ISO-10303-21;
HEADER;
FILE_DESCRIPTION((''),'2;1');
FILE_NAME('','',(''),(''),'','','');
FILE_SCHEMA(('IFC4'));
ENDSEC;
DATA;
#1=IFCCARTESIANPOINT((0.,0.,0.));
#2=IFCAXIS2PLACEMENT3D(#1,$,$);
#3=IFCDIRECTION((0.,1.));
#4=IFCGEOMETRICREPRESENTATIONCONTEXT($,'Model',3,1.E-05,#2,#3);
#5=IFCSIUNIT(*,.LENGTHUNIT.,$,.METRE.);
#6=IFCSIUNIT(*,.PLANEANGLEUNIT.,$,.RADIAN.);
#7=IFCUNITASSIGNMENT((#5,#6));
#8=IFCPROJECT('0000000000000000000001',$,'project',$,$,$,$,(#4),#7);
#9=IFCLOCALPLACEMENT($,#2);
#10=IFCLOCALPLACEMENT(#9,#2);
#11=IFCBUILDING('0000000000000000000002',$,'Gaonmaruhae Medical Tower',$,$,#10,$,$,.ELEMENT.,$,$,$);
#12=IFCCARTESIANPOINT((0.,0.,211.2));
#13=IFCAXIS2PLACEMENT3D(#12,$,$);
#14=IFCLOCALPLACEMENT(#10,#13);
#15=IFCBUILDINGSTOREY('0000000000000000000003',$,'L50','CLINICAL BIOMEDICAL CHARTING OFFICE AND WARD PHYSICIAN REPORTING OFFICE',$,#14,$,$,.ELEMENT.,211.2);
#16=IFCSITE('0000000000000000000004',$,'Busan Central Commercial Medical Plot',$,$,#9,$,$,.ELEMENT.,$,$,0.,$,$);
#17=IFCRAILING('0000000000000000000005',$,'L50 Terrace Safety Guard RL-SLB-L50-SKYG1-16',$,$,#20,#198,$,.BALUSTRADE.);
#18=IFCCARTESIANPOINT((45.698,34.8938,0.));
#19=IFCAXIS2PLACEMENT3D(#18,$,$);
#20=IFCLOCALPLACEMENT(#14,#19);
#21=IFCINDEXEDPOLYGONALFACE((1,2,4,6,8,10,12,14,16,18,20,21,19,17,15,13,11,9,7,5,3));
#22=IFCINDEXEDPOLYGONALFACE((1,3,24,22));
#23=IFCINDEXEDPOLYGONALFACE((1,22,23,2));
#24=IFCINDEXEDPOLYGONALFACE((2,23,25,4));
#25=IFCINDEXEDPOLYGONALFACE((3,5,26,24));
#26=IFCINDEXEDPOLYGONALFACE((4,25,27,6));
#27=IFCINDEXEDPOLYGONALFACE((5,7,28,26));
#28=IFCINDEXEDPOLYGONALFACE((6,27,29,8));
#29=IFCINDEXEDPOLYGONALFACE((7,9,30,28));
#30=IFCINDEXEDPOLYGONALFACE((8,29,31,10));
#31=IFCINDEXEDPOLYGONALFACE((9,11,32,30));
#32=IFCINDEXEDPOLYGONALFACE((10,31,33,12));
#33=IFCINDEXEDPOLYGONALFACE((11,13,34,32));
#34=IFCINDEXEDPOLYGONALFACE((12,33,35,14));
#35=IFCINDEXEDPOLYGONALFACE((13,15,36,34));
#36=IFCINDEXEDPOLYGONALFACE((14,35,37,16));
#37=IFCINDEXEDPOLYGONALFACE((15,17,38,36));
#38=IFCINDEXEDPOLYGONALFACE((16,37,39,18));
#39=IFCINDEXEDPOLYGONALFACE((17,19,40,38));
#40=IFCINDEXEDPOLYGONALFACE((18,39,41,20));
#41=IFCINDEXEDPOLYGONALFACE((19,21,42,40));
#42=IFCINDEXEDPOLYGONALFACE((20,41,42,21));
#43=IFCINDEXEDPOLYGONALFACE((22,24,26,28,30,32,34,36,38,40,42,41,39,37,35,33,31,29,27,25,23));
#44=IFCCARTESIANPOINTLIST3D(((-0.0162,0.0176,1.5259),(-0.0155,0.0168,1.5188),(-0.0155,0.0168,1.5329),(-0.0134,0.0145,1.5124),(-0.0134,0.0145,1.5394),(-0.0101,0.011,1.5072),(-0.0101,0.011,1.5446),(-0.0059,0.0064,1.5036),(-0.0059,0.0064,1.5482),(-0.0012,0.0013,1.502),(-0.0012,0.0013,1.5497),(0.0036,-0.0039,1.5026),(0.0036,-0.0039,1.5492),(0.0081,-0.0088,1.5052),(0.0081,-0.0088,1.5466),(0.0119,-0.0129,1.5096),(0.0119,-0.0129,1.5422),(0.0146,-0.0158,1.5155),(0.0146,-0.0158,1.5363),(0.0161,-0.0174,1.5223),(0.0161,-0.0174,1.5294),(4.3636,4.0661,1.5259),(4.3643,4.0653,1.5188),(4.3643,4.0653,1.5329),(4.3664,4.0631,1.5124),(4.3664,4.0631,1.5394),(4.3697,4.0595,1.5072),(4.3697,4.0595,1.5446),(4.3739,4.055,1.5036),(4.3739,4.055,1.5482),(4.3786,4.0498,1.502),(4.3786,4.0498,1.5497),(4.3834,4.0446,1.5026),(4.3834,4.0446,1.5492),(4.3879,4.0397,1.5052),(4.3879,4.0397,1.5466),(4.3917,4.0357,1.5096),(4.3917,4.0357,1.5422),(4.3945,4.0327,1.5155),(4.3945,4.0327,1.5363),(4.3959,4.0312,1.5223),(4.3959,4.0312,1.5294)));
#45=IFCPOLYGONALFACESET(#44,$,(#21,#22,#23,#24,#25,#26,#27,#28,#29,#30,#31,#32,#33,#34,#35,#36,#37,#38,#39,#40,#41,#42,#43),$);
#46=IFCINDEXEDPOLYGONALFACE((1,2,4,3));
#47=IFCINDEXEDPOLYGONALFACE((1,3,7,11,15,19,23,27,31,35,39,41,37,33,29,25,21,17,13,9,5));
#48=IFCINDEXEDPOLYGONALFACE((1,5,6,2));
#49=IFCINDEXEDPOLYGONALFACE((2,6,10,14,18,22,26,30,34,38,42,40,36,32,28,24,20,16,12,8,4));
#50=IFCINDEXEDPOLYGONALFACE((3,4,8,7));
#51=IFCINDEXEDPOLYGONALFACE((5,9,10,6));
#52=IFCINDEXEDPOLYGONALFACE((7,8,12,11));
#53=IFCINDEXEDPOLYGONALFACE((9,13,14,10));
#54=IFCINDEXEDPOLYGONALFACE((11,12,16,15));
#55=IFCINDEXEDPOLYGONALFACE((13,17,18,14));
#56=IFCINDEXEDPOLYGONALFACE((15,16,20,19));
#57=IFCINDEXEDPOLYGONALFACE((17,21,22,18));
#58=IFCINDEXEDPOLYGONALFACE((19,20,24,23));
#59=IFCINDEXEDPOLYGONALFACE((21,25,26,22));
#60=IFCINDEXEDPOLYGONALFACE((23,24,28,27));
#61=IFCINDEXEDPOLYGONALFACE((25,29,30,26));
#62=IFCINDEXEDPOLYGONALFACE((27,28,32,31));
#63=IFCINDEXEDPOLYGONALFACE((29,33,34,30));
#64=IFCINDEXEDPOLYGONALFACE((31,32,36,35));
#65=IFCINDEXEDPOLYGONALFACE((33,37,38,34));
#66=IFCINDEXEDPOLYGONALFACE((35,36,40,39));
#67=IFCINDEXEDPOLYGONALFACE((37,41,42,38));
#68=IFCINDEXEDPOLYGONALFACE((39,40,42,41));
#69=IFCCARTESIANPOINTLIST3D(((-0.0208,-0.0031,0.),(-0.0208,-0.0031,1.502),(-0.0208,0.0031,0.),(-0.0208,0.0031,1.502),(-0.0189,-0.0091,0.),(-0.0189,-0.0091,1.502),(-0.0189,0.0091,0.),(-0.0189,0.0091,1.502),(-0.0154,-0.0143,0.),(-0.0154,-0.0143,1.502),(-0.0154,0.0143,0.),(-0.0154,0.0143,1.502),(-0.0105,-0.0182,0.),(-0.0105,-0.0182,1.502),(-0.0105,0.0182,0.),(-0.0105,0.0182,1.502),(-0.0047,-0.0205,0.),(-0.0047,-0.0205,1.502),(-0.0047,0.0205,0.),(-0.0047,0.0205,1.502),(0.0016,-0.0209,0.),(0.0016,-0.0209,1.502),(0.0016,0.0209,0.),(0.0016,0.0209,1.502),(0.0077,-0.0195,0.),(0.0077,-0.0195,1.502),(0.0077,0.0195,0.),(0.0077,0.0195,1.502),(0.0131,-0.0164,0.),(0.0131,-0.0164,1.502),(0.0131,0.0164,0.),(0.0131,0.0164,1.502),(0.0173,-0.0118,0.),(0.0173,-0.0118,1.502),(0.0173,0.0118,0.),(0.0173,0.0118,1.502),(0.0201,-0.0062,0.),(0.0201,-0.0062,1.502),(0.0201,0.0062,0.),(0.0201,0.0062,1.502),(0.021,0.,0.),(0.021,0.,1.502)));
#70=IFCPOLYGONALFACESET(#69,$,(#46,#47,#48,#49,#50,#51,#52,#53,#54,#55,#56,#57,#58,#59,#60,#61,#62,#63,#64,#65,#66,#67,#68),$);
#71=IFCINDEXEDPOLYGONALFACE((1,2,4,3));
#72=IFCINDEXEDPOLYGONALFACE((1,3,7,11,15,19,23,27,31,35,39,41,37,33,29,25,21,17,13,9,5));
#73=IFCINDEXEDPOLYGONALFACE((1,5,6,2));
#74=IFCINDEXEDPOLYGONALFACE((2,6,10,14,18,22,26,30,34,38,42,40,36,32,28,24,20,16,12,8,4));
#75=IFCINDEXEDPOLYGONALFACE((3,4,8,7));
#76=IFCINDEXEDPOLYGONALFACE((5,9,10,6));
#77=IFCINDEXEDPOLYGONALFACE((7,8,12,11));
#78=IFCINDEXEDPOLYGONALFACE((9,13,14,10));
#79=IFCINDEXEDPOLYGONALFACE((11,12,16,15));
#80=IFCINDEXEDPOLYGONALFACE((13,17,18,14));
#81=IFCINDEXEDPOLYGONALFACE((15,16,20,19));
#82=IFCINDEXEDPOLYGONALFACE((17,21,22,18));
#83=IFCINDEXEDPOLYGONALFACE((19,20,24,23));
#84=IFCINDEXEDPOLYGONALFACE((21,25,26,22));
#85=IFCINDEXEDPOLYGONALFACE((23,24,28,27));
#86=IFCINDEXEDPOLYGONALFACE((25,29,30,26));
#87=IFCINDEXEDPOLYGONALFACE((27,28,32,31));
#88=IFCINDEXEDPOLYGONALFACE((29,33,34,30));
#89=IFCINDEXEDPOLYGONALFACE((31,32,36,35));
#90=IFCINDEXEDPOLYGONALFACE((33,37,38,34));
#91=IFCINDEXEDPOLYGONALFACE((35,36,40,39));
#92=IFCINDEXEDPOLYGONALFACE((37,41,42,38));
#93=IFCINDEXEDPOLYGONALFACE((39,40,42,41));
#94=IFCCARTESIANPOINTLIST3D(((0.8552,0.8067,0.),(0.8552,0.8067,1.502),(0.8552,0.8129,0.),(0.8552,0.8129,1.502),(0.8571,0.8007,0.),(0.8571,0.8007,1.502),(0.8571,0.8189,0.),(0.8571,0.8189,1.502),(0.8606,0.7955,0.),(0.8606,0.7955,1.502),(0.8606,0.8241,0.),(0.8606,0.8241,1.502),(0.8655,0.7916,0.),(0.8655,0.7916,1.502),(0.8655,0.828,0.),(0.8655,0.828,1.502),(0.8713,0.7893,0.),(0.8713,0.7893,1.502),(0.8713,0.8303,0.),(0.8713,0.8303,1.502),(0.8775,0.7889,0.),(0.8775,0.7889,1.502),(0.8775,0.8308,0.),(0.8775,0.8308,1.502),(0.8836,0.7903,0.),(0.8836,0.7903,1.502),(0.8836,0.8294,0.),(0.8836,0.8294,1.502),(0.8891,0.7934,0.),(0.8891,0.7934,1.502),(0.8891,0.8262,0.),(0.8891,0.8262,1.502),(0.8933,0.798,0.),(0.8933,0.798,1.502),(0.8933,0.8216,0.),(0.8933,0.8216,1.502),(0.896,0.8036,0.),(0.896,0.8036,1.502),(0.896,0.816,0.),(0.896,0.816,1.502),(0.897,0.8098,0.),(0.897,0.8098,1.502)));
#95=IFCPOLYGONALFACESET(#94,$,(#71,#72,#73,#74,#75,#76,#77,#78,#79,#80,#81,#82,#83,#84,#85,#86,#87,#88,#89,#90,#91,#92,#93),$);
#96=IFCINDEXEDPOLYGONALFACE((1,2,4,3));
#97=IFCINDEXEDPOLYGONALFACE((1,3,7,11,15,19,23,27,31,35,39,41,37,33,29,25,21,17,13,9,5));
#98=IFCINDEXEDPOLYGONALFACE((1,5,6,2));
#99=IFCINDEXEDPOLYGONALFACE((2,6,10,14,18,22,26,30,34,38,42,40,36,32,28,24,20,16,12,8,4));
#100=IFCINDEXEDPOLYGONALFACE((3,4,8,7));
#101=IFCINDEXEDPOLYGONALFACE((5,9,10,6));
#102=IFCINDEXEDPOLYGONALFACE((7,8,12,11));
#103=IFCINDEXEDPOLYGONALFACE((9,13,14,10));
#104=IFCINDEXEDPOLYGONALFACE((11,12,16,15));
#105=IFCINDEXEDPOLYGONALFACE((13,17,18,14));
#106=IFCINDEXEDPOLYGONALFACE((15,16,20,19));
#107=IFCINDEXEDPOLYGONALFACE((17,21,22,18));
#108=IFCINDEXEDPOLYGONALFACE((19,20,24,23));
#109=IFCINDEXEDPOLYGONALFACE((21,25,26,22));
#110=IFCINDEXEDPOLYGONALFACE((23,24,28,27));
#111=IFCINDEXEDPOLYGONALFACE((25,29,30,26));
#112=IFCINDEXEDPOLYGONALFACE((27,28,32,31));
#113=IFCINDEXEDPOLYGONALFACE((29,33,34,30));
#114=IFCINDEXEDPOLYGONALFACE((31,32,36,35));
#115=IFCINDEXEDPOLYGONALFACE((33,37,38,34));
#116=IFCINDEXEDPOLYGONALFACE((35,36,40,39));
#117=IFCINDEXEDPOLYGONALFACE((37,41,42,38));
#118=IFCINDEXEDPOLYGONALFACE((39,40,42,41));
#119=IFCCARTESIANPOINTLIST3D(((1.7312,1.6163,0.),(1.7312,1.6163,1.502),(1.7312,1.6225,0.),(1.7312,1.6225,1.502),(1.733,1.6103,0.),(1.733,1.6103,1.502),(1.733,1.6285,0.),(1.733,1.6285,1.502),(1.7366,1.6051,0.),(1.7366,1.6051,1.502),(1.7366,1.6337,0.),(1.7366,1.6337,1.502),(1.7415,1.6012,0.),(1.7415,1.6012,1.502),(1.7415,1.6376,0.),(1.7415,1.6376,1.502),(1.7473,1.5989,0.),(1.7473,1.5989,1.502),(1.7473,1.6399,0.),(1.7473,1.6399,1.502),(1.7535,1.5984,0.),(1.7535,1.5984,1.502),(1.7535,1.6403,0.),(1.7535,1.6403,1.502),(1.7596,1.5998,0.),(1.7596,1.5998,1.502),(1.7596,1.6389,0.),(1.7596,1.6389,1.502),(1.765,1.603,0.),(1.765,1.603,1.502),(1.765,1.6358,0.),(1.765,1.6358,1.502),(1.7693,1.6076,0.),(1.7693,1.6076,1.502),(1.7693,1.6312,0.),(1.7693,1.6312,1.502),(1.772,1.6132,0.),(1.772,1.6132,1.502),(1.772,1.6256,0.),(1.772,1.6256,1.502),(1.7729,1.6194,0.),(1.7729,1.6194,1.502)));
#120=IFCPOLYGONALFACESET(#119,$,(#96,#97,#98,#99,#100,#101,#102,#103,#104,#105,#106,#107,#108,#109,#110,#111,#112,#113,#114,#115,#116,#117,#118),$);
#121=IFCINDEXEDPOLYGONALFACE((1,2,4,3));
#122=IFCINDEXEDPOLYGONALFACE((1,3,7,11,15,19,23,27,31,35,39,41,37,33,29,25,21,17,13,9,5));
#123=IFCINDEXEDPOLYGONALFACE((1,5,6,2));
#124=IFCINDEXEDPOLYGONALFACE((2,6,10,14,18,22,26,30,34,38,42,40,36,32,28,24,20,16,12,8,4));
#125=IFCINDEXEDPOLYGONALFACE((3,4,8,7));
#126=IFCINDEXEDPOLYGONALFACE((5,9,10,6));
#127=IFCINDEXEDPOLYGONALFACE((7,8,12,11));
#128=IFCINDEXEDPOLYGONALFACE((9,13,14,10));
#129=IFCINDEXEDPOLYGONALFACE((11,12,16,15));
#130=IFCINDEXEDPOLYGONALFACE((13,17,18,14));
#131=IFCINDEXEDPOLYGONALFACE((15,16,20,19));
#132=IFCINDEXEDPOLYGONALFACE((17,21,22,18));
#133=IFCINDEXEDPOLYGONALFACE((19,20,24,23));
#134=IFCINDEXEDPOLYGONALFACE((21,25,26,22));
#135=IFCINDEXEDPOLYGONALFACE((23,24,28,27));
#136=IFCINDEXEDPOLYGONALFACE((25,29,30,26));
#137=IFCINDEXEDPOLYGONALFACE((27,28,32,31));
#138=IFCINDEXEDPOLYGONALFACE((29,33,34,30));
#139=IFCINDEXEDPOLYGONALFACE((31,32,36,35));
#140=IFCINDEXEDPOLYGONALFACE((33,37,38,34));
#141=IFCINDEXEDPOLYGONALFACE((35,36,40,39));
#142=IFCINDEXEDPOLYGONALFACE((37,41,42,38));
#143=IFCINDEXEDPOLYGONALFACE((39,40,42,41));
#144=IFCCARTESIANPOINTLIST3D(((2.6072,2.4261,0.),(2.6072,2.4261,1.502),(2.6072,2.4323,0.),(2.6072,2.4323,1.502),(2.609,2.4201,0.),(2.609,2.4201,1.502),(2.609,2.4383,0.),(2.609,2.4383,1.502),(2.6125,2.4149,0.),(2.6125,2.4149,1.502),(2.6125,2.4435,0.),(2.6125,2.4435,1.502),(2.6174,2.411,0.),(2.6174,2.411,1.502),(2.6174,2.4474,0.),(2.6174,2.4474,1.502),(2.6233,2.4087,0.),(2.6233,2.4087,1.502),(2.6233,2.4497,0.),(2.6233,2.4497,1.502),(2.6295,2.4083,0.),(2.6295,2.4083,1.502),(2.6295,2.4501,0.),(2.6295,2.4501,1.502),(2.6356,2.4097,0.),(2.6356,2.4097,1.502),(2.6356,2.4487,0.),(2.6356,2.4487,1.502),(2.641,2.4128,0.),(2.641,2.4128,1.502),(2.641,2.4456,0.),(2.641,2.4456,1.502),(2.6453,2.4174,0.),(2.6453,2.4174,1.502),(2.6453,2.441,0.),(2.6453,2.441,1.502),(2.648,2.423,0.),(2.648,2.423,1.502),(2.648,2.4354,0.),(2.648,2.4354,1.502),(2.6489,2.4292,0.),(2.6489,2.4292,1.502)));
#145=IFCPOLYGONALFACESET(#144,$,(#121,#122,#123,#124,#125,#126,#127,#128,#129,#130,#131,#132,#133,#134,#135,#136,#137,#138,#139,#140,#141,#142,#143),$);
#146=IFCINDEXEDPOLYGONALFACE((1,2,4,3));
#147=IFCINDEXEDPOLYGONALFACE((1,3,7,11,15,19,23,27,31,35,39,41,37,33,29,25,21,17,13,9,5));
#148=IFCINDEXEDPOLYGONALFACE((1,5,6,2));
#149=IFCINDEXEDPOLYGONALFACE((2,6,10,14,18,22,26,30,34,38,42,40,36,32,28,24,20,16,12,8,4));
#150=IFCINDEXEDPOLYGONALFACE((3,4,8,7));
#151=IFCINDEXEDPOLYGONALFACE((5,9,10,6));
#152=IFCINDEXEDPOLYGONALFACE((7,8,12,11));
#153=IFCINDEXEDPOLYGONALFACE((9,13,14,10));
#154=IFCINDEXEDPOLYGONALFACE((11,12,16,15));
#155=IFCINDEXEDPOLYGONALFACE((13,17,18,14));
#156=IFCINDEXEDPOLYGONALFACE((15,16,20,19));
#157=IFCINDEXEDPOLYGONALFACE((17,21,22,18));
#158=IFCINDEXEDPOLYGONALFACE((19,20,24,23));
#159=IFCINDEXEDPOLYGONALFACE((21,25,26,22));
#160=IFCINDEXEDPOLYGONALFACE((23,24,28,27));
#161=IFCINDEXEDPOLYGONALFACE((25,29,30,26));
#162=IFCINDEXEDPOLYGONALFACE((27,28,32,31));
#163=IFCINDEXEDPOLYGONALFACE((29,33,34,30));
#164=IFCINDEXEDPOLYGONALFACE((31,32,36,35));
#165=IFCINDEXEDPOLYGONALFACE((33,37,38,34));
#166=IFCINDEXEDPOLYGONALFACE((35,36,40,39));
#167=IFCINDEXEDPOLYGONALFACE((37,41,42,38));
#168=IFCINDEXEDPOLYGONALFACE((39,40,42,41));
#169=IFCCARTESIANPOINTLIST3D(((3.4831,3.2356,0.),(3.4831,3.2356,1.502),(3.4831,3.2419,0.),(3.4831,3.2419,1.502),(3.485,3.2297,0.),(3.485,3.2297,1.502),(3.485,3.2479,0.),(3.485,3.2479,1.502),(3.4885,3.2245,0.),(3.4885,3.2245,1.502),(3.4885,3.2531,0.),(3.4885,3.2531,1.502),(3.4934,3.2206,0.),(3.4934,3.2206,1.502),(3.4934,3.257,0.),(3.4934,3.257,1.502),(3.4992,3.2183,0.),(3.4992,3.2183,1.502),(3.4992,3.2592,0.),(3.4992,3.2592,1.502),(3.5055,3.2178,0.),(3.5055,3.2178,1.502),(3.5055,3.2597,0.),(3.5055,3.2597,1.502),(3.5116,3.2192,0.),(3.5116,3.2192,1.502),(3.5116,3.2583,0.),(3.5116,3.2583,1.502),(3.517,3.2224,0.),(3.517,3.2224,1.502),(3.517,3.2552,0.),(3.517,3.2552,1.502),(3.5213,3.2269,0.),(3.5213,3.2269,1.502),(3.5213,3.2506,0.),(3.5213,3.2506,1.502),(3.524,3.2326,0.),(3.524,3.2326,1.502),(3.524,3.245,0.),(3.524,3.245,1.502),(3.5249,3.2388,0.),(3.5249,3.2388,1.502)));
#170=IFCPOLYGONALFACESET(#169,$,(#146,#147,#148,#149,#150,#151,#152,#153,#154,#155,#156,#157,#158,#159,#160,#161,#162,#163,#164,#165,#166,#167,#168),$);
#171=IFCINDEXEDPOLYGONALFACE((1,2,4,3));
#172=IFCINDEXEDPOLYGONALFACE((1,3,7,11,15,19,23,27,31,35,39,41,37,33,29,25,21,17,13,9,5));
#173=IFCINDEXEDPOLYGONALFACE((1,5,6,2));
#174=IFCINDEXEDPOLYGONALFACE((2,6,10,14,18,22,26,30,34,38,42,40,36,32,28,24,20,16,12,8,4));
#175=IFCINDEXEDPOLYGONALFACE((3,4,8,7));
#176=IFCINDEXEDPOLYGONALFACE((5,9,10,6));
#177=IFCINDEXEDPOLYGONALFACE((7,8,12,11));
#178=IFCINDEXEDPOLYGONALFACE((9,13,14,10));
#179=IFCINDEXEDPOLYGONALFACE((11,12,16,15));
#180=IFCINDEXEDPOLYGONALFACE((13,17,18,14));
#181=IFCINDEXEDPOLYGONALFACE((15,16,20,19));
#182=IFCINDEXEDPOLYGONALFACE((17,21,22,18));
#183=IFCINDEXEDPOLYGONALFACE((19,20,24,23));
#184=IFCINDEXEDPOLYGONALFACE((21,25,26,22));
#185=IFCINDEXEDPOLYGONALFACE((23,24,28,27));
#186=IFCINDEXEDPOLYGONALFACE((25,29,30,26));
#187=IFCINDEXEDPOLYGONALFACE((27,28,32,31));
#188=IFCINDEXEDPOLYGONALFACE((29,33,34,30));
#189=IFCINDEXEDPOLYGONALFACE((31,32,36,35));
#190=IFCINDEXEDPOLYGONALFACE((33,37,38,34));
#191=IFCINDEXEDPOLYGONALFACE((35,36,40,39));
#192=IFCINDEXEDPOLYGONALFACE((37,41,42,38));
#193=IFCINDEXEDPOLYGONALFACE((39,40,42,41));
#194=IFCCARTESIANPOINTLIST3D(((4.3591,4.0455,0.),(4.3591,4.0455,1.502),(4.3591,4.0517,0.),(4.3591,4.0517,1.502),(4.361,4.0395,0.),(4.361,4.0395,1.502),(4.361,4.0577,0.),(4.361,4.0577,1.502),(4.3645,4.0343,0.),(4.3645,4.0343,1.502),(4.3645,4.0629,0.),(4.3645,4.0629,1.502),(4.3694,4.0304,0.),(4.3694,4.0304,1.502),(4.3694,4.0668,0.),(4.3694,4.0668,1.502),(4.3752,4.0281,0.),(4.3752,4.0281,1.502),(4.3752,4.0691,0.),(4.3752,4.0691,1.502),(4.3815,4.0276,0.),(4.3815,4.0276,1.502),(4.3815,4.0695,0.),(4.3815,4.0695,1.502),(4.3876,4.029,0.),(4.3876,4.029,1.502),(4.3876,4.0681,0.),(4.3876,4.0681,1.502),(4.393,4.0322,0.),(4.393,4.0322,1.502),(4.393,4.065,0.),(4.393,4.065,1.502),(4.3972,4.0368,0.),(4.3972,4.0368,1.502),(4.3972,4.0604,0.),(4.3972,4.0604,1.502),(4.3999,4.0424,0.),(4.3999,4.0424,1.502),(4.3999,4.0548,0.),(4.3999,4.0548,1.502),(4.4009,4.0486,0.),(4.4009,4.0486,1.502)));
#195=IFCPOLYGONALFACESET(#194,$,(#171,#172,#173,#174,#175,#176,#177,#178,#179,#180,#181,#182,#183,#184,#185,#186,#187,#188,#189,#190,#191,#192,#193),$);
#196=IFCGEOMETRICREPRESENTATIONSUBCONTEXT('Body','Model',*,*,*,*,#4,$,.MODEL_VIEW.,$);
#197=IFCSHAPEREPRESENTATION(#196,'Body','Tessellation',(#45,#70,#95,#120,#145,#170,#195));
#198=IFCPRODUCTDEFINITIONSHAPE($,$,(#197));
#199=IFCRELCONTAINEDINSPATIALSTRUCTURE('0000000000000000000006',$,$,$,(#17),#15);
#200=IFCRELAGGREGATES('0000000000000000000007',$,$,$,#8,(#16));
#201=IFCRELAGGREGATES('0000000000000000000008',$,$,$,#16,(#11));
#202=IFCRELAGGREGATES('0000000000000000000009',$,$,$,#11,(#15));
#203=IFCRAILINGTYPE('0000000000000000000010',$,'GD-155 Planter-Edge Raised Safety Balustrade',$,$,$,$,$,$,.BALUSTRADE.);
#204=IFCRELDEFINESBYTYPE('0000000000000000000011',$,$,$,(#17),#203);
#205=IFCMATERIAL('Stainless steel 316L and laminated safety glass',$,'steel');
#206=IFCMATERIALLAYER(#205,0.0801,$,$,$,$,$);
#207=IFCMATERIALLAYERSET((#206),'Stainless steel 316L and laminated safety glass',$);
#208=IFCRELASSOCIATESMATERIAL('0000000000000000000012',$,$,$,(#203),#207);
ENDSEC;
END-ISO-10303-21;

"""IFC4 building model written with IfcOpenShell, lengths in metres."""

from ifc_helpers import new_model, si_unit, direction, frame, origin, origin_2d, place, context, subcontext, project, spatial, circle, extrude, material, layer, layer_set, type_object, element, save


model = new_model("IFC4")

# Units and contexts
model_context = context("Model", 3, precision=1e-05, world=origin(), true_north=direction((0.0, 1.0)))
body_context = subcontext(model_context, "Body", "Model", "MODEL_VIEW")
ifc_project = project(units=[si_unit("LENGTHUNIT", "METRE"), si_unit("PLANEANGLEUNIT", "RADIAN")], contexts=[model_context])

# Site, building, storey
site_placement = place(None, origin())
site = spatial("IfcSite", under=ifc_project, at=site_placement, Name="Busan Central Commercial Medical Plot", CompositionType="ELEMENT", RefElevation=0.0)
building_placement = place(site_placement, origin())
building = spatial("IfcBuilding", under=site, at=building_placement, Name="Gaonmaruhae Medical Tower", CompositionType="ELEMENT")
storey_placement = place(building_placement, frame((0.0, 0.0, 211.2)))
storey = spatial("IfcBuildingStorey", under=building, at=storey_placement, Name="L50", Description="CLINICAL BIOMEDICAL CHARTING OFFICE AND WARD PHYSICIAN REPORTING OFFICE", CompositionType="ELEMENT", Elevation=211.2)

# Railing
ifc_material_1 = material(Name="Stainless steel 316L and laminated safety glass", Category="steel")
ifc_layer_1 = layer(ifc_material_1, 0.0801)
ifc_layer_set_1 = layer_set([ifc_layer_1], Name="Stainless steel 316L and laminated safety glass")
railing_type = type_object("IfcRailingType", Name="GD-155 Planter-Edge Raised Safety Balustrade", PredefinedType="BALUSTRADE", material=ifc_layer_set_1)
railing_1_placement = place(storey_placement, frame((45.698, 34.8938, 0.0)))
element("IfcRailing", 1, at=railing_1_placement, inside=storey, type_object=railing_type, Name="L50 Terrace Safety Guard RL-SLB-L50-SKYG1-16", PredefinedType="BALUSTRADE", context=body_context, shape_type="SweptSolid", body=[
    extrude(circle(Radius=0.0239, at=origin_2d()), frame((0.0, 0.0, 1.5259), z_axis=(0.734334, 0.678788, 0.0), x_axis=(-0.678788, 0.734334, 0.0)), (0.0, 0.0, 1.0), 5.9644),
    extrude(circle(Radius=0.021, at=origin_2d()), origin(), (0.0, 0.0, 1.0), 1.502),
    extrude(circle(Radius=0.021, at=origin_2d()), frame((0.876, 0.8098, 0.0)), (0.0, 0.0, 1.0), 1.502),
    extrude(circle(Radius=0.021, at=origin_2d()), frame((1.752, 1.6194, 0.0)), (0.0, 0.0, 1.0), 1.502),
    extrude(circle(Radius=0.021, at=origin_2d()), frame((2.6279, 2.4292, 0.0)), (0.0, 0.0, 1.0), 1.502),
    extrude(circle(Radius=0.021, at=origin_2d()), frame((3.5039, 3.2388, 0.0)), (0.0, 0.0, 1.0), 1.502),
    extrude(circle(Radius=0.021, at=origin_2d()), frame((4.3799, 4.0486, 0.0)), (0.0, 0.0, 1.0), 1.502),
])

save(model, "model.ifc")
